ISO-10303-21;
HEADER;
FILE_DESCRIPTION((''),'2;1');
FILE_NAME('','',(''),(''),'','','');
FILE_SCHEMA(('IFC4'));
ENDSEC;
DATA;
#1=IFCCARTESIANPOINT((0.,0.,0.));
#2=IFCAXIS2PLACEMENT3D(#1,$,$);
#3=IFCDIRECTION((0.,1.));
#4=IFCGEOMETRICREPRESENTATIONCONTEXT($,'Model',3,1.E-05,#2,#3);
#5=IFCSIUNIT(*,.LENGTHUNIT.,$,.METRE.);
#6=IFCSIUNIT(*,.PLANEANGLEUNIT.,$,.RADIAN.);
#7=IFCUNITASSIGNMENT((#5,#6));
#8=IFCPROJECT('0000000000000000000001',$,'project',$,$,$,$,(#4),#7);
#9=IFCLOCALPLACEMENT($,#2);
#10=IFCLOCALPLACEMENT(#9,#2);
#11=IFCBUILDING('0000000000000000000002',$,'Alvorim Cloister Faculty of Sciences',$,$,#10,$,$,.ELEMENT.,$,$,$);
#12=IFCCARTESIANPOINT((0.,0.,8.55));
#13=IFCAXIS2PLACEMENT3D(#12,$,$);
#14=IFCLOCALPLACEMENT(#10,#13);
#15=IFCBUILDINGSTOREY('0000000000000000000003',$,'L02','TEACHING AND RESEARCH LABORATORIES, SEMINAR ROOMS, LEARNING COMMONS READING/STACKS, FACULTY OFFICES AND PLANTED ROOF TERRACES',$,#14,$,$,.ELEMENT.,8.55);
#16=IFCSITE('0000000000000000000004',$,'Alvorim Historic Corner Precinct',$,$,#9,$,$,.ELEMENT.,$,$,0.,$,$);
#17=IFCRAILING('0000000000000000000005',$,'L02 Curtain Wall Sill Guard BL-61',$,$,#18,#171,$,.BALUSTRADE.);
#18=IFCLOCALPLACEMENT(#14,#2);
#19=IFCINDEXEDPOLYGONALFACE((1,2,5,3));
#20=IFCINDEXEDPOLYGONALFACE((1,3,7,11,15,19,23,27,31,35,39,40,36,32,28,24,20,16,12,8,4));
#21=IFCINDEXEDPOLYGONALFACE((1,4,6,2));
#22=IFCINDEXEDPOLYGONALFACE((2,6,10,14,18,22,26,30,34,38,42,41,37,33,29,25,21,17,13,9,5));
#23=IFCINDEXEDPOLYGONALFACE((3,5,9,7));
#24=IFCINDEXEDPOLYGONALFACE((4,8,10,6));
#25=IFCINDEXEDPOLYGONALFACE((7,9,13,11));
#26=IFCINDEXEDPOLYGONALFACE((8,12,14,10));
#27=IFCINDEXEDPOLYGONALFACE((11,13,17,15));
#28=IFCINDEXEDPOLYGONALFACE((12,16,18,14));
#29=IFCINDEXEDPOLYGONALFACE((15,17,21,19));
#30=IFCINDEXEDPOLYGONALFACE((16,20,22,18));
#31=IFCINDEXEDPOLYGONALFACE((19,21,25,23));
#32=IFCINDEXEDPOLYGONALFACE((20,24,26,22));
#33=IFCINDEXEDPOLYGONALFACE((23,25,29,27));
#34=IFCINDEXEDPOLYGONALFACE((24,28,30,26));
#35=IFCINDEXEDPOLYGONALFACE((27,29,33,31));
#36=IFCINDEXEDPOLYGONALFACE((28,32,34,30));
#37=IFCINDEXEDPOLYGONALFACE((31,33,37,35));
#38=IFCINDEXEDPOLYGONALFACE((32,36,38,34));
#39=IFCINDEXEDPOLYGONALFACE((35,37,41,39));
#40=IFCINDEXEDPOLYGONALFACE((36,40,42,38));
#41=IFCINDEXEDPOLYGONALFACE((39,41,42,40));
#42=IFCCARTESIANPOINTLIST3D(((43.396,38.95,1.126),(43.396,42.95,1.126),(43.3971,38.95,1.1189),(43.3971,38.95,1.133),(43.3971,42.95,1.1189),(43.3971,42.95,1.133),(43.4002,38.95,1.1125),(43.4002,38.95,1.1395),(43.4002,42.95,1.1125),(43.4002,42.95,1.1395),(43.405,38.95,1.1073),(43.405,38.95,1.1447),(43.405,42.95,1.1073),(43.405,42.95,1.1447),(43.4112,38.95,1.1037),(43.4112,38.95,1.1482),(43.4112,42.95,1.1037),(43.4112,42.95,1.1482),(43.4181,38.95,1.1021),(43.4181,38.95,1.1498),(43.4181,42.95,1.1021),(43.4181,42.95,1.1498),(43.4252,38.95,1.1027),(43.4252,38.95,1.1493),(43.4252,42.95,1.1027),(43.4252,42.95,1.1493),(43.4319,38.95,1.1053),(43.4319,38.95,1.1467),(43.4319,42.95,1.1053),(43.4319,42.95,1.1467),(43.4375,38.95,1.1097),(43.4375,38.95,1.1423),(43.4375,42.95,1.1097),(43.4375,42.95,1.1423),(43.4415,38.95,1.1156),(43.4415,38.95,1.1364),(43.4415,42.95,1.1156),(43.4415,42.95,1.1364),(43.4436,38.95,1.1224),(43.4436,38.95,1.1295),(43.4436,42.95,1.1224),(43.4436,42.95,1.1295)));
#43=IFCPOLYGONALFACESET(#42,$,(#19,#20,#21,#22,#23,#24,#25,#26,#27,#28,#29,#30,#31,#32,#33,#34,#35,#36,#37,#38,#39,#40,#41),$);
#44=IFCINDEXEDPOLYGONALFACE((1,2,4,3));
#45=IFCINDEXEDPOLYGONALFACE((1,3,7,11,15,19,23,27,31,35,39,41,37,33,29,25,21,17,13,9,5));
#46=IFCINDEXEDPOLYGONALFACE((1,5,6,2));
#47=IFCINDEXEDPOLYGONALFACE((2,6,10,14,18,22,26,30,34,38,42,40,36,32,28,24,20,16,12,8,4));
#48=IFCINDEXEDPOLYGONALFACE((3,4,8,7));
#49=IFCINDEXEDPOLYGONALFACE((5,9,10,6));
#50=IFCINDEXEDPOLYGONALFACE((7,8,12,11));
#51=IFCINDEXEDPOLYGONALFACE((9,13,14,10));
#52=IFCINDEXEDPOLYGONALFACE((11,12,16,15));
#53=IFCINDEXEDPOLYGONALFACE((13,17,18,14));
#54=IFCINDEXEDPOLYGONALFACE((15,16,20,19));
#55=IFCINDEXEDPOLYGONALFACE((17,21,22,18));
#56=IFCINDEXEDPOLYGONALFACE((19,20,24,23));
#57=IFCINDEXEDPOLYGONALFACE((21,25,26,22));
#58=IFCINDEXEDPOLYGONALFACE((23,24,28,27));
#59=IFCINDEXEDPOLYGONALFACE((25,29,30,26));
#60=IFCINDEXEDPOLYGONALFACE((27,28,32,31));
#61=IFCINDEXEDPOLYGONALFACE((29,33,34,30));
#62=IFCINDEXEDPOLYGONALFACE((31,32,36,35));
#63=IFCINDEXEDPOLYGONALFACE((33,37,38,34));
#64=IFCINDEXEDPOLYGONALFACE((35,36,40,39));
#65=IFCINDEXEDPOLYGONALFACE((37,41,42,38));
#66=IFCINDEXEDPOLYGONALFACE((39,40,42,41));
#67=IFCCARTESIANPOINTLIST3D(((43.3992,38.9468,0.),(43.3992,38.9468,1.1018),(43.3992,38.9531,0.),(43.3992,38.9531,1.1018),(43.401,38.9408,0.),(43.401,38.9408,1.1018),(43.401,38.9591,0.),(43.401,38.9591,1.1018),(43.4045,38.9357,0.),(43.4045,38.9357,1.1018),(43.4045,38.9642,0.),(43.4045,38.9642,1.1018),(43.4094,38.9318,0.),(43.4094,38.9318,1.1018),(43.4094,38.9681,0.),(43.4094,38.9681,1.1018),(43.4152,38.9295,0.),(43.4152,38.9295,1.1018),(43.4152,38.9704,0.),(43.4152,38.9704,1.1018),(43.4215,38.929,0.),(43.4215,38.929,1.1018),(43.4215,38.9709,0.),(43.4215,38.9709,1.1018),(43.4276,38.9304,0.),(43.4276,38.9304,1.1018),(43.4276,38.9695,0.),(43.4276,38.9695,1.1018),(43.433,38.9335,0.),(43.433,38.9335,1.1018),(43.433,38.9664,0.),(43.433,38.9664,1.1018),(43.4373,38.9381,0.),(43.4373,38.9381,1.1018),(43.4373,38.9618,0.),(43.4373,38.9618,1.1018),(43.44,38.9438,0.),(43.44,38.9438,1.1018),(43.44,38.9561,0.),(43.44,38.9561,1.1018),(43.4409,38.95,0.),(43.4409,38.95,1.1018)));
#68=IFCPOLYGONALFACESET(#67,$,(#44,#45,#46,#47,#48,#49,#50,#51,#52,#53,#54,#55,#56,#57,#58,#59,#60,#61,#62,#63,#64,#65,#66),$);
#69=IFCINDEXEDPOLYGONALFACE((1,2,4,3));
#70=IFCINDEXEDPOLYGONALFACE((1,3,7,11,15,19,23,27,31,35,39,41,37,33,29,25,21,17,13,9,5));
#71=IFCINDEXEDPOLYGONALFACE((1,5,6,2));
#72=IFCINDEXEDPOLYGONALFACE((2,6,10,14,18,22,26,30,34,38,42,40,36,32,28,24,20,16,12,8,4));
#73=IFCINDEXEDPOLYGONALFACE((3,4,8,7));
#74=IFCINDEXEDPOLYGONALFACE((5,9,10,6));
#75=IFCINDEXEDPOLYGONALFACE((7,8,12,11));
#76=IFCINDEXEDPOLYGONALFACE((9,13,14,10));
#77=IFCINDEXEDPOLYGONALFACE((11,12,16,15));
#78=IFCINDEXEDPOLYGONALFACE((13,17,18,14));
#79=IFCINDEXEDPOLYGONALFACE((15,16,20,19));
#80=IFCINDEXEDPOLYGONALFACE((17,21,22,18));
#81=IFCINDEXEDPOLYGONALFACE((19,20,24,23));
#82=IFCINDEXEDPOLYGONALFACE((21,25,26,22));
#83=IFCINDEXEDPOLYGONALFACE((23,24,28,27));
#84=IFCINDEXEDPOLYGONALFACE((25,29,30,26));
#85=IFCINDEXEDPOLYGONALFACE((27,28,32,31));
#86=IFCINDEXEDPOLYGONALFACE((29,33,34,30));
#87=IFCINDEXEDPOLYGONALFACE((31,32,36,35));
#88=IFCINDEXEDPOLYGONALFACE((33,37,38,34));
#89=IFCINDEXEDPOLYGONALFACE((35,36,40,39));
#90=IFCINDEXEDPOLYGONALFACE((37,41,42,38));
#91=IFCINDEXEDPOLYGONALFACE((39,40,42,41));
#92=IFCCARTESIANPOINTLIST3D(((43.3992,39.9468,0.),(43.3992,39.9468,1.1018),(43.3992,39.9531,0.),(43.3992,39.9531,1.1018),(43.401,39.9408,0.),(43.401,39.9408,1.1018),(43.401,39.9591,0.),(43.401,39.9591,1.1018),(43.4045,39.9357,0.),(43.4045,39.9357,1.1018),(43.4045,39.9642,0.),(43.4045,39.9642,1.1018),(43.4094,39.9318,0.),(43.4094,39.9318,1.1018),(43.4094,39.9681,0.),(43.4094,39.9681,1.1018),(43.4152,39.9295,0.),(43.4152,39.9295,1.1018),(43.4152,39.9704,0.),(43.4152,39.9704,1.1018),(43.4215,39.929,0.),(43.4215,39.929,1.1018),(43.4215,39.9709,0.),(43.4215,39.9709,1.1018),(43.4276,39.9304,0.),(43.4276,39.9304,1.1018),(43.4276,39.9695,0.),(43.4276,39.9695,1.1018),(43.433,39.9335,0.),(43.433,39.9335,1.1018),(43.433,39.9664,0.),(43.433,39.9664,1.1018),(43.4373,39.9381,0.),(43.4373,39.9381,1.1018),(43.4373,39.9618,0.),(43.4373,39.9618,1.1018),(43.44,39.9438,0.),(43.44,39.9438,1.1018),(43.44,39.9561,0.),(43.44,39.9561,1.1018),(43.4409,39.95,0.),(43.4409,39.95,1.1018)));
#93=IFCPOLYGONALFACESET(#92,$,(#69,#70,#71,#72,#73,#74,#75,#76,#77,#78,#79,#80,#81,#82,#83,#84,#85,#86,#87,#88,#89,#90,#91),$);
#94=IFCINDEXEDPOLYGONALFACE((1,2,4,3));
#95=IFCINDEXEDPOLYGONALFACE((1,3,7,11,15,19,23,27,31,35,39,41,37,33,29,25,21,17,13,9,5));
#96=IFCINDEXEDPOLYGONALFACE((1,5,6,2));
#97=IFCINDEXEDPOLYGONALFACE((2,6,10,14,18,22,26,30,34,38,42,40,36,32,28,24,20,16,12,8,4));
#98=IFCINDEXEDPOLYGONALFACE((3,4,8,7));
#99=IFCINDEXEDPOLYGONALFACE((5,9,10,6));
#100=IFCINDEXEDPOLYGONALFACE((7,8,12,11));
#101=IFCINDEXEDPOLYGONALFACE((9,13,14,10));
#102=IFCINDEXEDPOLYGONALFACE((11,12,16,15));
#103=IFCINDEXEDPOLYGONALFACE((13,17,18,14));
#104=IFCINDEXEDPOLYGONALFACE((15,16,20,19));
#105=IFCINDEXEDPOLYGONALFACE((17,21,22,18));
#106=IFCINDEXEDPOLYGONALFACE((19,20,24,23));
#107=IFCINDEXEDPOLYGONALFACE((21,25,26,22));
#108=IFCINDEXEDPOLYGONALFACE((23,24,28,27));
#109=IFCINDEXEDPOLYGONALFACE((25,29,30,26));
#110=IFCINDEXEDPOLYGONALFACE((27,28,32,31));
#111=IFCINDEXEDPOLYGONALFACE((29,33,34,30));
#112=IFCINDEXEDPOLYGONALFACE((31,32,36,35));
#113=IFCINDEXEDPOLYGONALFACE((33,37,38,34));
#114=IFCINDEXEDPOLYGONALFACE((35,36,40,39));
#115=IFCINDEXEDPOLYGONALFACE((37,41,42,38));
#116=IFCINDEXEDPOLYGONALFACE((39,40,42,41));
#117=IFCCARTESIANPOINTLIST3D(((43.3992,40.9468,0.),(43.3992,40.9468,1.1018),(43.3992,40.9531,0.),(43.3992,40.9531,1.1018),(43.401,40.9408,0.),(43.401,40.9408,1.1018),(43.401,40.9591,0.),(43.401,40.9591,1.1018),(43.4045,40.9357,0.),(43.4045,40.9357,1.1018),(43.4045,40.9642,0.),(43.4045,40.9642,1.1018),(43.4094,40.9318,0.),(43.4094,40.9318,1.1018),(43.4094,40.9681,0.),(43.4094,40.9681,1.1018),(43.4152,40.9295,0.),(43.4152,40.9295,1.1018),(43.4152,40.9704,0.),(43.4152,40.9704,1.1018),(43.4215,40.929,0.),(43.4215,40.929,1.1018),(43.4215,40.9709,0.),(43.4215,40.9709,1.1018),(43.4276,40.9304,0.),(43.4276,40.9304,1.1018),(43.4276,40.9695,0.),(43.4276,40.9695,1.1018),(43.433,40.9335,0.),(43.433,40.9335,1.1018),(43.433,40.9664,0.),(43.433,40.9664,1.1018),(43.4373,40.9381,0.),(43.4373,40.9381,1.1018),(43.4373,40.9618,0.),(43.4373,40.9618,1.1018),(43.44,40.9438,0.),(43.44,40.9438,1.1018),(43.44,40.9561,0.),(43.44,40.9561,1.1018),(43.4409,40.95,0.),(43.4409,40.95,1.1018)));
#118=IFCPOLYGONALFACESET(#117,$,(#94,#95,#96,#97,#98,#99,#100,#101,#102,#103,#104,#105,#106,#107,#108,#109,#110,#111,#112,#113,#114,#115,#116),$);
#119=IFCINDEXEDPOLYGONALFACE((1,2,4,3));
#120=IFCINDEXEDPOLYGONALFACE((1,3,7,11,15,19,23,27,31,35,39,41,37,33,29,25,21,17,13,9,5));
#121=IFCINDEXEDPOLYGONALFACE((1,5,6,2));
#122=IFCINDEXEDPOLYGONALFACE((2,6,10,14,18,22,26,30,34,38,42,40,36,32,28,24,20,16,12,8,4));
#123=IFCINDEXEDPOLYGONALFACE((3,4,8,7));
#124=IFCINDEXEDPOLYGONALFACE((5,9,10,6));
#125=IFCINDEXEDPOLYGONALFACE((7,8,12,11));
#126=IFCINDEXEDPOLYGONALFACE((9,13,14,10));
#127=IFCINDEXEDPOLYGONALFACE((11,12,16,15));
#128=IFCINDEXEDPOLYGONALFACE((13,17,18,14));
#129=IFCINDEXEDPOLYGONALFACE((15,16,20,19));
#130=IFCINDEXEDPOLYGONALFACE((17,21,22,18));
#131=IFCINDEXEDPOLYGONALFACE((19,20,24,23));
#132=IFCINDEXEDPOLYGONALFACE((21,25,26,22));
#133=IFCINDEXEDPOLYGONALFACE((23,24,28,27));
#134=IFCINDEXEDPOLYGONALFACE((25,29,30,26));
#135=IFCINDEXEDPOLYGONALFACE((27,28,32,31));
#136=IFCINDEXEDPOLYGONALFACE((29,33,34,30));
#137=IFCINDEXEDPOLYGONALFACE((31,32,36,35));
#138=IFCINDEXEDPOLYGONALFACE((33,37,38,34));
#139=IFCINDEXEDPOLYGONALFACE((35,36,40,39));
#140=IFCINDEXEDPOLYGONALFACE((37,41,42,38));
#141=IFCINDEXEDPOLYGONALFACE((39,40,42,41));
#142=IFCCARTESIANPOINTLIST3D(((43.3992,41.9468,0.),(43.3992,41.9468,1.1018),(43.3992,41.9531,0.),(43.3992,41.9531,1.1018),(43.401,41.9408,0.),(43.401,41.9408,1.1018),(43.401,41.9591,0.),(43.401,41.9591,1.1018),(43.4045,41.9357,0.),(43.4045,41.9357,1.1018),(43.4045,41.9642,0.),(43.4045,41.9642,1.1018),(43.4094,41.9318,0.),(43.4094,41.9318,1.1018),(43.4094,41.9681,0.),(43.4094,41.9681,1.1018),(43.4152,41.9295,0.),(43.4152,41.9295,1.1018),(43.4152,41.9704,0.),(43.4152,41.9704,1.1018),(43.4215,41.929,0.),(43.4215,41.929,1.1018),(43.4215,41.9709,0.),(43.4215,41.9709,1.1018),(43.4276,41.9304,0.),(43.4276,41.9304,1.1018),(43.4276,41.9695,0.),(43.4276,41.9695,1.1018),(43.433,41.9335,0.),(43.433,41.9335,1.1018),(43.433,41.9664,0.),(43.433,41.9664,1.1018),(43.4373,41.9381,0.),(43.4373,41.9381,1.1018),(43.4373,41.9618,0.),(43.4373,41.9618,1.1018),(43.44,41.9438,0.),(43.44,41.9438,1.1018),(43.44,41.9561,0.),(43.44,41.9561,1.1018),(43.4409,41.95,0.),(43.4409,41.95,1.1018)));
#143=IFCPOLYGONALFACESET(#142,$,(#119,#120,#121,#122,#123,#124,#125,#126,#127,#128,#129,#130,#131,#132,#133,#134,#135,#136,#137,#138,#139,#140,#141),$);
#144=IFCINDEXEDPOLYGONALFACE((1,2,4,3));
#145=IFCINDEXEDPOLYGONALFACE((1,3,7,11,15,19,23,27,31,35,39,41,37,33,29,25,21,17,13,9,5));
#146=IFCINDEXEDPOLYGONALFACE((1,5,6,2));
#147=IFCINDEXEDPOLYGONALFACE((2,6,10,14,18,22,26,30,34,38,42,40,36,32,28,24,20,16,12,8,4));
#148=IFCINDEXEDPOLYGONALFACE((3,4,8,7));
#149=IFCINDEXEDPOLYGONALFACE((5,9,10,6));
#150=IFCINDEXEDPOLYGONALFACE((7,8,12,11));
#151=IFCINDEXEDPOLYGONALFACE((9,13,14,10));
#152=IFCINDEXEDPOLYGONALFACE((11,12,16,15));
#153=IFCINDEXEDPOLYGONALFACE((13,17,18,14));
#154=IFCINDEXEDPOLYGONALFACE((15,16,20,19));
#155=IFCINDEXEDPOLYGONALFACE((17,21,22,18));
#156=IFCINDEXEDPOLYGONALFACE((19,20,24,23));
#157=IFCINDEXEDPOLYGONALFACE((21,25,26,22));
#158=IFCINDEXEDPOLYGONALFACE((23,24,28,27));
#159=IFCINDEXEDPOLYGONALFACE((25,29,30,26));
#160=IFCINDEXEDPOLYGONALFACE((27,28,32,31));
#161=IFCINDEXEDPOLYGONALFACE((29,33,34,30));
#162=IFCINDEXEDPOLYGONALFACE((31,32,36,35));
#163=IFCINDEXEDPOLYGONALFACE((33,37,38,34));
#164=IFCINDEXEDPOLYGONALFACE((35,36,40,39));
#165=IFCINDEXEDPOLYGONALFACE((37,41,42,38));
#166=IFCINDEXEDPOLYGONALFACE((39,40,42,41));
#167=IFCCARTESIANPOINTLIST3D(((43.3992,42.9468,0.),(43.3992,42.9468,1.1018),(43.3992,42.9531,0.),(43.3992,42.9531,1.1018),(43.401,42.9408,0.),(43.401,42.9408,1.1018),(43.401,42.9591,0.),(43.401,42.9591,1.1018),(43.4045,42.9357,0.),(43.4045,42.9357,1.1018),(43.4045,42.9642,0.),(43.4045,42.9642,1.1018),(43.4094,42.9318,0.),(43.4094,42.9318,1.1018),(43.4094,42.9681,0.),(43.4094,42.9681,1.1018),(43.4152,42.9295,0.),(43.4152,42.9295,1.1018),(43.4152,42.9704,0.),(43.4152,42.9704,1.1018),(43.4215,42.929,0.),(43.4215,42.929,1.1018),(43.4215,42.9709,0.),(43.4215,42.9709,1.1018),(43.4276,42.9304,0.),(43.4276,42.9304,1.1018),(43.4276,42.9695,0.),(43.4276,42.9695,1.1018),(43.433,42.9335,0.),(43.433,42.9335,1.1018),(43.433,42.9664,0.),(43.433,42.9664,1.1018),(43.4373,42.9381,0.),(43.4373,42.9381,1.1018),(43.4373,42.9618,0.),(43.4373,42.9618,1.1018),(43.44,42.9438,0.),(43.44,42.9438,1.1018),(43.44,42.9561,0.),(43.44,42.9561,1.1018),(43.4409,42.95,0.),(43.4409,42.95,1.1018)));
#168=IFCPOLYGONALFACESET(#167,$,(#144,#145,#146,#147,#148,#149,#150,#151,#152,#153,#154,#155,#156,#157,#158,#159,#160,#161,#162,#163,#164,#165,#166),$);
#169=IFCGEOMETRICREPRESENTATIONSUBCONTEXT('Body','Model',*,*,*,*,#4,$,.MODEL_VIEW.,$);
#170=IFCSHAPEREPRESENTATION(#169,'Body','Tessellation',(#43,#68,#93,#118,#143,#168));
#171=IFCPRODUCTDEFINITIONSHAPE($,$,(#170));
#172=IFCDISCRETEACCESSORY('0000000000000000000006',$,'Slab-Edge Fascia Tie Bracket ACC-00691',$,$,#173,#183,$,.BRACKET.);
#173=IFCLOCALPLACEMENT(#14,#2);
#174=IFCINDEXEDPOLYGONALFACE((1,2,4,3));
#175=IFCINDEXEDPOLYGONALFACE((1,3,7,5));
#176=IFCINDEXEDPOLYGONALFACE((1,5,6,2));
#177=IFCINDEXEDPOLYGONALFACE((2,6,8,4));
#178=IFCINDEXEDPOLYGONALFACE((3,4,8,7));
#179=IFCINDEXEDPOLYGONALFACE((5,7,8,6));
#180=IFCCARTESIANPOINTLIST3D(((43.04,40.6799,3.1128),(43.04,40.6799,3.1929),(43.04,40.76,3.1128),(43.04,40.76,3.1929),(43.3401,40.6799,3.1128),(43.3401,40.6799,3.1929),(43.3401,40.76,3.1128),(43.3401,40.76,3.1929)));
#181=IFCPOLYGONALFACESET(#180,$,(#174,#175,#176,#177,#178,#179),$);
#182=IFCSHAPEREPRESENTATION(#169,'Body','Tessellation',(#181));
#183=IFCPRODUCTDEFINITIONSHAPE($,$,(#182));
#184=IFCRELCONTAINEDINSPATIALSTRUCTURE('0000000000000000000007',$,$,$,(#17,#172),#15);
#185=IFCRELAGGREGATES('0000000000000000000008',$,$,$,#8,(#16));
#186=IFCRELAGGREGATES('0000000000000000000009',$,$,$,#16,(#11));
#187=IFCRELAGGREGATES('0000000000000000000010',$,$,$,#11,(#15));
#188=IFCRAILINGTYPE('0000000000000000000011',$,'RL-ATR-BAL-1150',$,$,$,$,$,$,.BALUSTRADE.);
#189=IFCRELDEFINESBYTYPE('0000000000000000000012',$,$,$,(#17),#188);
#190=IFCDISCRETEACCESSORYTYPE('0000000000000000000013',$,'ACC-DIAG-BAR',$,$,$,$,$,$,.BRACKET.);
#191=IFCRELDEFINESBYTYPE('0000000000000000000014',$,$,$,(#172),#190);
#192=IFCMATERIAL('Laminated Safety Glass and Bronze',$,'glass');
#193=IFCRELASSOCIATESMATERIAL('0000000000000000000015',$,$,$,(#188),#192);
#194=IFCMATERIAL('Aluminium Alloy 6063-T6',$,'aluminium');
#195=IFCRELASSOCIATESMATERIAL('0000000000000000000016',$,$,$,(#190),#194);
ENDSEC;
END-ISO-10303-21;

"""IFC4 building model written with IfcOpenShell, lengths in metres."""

from ifc_helpers import new_model, si_unit, direction, frame, origin, origin_2d, place, context, subcontext, project, spatial, rectangle, circle, extrude, material, type_object, element, save


model = new_model("IFC4")

# Units and contexts
model_context = context("Model", 3, precision=1e-05, world=origin(), true_north=direction((0.0, 1.0)))
body_context = subcontext(model_context, "Body", "Model", "MODEL_VIEW")
ifc_project = project(units=[si_unit("LENGTHUNIT", "METRE"), si_unit("PLANEANGLEUNIT", "RADIAN")], contexts=[model_context])

# Site, building, storey
site_placement = place(None, origin())
site = spatial("IfcSite", under=ifc_project, at=site_placement, Name="Alvorim Historic Corner Precinct", CompositionType="ELEMENT", RefElevation=0.0)
building_placement = place(site_placement, origin())
building = spatial("IfcBuilding", under=site, at=building_placement, Name="Alvorim Cloister Faculty of Sciences", CompositionType="ELEMENT")
storey_placement = place(building_placement, frame((0.0, 0.0, 8.55)))
storey = spatial("IfcBuildingStorey", under=building, at=storey_placement, Name="L02", Description="TEACHING AND RESEARCH LABORATORIES, SEMINAR ROOMS, LEARNING COMMONS READING/STACKS, FACULTY OFFICES AND PLANTED ROOF TERRACES", CompositionType="ELEMENT", Elevation=8.55)

# Shared definitions
ifc_material_1 = material(Name="Aluminium Alloy 6063-T6", Category="aluminium")

# Railing
ifc_material_2 = material(Name="Laminated Safety Glass and Bronze", Category="glass")
railing_type = type_object("IfcRailingType", Name="RL-ATR-BAL-1150", PredefinedType="BALUSTRADE", material=ifc_material_2)
railing_1_placement = place(storey_placement, frame((43.4199, 38.95, 0.0)))
element("IfcRailing", 1, at=railing_1_placement, inside=storey, type_object=railing_type, Name="L02 Curtain Wall Sill Guard BL-61", PredefinedType="BALUSTRADE", context=body_context, shape_type="SweptSolid", body=[
    extrude(circle(Radius=0.0239, at=origin_2d()), frame((0.0, 0.0, 1.126), z_axis=(0.0, 1.0, 0.0), x_axis=(-1.0, 0.0, 0.0)), (0.0, 0.0, 1.0), 4.0),
    extrude(circle(Radius=0.021, at=origin_2d()), origin(), (0.0, 0.0, 1.0), 1.1018),
    extrude(circle(Radius=0.021, at=origin_2d()), frame((0.0, 1.0, 0.0)), (0.0, 0.0, 1.0), 1.1018),
    extrude(circle(Radius=0.021, at=origin_2d()), frame((0.0, 2.0, 0.0)), (0.0, 0.0, 1.0), 1.1018),
    extrude(circle(Radius=0.021, at=origin_2d()), frame((0.0, 3.0, 0.0)), (0.0, 0.0, 1.0), 1.1018),
    extrude(circle(Radius=0.021, at=origin_2d()), frame((0.0, 4.0, 0.0)), (0.0, 0.0, 1.0), 1.1018),
])

# Discrete accessory
discrete_accessory_type = type_object("IfcDiscreteAccessoryType", Name="ACC-DIAG-BAR", PredefinedType="BRACKET", material=ifc_material_1)
discrete_accessory_placement = place(storey_placement, frame((43.3401, 40.72, 3.1528), z_axis=(-1.0, 0.0, 0.0), x_axis=(0.0, -1.0, 0.0)))
element("IfcDiscreteAccessory", 2, at=discrete_accessory_placement, inside=storey, type_object=discrete_accessory_type, Name="Slab-Edge Fascia Tie Bracket ACC-00691", PredefinedType="BRACKET", context=body_context, shape_type="SweptSolid", body=[
    extrude(rectangle(XDim=0.0801, YDim=0.0801, at=origin_2d()), origin(), (0.0, 0.0, 1.0), 0.3),
])

save(model, "model.ifc")
